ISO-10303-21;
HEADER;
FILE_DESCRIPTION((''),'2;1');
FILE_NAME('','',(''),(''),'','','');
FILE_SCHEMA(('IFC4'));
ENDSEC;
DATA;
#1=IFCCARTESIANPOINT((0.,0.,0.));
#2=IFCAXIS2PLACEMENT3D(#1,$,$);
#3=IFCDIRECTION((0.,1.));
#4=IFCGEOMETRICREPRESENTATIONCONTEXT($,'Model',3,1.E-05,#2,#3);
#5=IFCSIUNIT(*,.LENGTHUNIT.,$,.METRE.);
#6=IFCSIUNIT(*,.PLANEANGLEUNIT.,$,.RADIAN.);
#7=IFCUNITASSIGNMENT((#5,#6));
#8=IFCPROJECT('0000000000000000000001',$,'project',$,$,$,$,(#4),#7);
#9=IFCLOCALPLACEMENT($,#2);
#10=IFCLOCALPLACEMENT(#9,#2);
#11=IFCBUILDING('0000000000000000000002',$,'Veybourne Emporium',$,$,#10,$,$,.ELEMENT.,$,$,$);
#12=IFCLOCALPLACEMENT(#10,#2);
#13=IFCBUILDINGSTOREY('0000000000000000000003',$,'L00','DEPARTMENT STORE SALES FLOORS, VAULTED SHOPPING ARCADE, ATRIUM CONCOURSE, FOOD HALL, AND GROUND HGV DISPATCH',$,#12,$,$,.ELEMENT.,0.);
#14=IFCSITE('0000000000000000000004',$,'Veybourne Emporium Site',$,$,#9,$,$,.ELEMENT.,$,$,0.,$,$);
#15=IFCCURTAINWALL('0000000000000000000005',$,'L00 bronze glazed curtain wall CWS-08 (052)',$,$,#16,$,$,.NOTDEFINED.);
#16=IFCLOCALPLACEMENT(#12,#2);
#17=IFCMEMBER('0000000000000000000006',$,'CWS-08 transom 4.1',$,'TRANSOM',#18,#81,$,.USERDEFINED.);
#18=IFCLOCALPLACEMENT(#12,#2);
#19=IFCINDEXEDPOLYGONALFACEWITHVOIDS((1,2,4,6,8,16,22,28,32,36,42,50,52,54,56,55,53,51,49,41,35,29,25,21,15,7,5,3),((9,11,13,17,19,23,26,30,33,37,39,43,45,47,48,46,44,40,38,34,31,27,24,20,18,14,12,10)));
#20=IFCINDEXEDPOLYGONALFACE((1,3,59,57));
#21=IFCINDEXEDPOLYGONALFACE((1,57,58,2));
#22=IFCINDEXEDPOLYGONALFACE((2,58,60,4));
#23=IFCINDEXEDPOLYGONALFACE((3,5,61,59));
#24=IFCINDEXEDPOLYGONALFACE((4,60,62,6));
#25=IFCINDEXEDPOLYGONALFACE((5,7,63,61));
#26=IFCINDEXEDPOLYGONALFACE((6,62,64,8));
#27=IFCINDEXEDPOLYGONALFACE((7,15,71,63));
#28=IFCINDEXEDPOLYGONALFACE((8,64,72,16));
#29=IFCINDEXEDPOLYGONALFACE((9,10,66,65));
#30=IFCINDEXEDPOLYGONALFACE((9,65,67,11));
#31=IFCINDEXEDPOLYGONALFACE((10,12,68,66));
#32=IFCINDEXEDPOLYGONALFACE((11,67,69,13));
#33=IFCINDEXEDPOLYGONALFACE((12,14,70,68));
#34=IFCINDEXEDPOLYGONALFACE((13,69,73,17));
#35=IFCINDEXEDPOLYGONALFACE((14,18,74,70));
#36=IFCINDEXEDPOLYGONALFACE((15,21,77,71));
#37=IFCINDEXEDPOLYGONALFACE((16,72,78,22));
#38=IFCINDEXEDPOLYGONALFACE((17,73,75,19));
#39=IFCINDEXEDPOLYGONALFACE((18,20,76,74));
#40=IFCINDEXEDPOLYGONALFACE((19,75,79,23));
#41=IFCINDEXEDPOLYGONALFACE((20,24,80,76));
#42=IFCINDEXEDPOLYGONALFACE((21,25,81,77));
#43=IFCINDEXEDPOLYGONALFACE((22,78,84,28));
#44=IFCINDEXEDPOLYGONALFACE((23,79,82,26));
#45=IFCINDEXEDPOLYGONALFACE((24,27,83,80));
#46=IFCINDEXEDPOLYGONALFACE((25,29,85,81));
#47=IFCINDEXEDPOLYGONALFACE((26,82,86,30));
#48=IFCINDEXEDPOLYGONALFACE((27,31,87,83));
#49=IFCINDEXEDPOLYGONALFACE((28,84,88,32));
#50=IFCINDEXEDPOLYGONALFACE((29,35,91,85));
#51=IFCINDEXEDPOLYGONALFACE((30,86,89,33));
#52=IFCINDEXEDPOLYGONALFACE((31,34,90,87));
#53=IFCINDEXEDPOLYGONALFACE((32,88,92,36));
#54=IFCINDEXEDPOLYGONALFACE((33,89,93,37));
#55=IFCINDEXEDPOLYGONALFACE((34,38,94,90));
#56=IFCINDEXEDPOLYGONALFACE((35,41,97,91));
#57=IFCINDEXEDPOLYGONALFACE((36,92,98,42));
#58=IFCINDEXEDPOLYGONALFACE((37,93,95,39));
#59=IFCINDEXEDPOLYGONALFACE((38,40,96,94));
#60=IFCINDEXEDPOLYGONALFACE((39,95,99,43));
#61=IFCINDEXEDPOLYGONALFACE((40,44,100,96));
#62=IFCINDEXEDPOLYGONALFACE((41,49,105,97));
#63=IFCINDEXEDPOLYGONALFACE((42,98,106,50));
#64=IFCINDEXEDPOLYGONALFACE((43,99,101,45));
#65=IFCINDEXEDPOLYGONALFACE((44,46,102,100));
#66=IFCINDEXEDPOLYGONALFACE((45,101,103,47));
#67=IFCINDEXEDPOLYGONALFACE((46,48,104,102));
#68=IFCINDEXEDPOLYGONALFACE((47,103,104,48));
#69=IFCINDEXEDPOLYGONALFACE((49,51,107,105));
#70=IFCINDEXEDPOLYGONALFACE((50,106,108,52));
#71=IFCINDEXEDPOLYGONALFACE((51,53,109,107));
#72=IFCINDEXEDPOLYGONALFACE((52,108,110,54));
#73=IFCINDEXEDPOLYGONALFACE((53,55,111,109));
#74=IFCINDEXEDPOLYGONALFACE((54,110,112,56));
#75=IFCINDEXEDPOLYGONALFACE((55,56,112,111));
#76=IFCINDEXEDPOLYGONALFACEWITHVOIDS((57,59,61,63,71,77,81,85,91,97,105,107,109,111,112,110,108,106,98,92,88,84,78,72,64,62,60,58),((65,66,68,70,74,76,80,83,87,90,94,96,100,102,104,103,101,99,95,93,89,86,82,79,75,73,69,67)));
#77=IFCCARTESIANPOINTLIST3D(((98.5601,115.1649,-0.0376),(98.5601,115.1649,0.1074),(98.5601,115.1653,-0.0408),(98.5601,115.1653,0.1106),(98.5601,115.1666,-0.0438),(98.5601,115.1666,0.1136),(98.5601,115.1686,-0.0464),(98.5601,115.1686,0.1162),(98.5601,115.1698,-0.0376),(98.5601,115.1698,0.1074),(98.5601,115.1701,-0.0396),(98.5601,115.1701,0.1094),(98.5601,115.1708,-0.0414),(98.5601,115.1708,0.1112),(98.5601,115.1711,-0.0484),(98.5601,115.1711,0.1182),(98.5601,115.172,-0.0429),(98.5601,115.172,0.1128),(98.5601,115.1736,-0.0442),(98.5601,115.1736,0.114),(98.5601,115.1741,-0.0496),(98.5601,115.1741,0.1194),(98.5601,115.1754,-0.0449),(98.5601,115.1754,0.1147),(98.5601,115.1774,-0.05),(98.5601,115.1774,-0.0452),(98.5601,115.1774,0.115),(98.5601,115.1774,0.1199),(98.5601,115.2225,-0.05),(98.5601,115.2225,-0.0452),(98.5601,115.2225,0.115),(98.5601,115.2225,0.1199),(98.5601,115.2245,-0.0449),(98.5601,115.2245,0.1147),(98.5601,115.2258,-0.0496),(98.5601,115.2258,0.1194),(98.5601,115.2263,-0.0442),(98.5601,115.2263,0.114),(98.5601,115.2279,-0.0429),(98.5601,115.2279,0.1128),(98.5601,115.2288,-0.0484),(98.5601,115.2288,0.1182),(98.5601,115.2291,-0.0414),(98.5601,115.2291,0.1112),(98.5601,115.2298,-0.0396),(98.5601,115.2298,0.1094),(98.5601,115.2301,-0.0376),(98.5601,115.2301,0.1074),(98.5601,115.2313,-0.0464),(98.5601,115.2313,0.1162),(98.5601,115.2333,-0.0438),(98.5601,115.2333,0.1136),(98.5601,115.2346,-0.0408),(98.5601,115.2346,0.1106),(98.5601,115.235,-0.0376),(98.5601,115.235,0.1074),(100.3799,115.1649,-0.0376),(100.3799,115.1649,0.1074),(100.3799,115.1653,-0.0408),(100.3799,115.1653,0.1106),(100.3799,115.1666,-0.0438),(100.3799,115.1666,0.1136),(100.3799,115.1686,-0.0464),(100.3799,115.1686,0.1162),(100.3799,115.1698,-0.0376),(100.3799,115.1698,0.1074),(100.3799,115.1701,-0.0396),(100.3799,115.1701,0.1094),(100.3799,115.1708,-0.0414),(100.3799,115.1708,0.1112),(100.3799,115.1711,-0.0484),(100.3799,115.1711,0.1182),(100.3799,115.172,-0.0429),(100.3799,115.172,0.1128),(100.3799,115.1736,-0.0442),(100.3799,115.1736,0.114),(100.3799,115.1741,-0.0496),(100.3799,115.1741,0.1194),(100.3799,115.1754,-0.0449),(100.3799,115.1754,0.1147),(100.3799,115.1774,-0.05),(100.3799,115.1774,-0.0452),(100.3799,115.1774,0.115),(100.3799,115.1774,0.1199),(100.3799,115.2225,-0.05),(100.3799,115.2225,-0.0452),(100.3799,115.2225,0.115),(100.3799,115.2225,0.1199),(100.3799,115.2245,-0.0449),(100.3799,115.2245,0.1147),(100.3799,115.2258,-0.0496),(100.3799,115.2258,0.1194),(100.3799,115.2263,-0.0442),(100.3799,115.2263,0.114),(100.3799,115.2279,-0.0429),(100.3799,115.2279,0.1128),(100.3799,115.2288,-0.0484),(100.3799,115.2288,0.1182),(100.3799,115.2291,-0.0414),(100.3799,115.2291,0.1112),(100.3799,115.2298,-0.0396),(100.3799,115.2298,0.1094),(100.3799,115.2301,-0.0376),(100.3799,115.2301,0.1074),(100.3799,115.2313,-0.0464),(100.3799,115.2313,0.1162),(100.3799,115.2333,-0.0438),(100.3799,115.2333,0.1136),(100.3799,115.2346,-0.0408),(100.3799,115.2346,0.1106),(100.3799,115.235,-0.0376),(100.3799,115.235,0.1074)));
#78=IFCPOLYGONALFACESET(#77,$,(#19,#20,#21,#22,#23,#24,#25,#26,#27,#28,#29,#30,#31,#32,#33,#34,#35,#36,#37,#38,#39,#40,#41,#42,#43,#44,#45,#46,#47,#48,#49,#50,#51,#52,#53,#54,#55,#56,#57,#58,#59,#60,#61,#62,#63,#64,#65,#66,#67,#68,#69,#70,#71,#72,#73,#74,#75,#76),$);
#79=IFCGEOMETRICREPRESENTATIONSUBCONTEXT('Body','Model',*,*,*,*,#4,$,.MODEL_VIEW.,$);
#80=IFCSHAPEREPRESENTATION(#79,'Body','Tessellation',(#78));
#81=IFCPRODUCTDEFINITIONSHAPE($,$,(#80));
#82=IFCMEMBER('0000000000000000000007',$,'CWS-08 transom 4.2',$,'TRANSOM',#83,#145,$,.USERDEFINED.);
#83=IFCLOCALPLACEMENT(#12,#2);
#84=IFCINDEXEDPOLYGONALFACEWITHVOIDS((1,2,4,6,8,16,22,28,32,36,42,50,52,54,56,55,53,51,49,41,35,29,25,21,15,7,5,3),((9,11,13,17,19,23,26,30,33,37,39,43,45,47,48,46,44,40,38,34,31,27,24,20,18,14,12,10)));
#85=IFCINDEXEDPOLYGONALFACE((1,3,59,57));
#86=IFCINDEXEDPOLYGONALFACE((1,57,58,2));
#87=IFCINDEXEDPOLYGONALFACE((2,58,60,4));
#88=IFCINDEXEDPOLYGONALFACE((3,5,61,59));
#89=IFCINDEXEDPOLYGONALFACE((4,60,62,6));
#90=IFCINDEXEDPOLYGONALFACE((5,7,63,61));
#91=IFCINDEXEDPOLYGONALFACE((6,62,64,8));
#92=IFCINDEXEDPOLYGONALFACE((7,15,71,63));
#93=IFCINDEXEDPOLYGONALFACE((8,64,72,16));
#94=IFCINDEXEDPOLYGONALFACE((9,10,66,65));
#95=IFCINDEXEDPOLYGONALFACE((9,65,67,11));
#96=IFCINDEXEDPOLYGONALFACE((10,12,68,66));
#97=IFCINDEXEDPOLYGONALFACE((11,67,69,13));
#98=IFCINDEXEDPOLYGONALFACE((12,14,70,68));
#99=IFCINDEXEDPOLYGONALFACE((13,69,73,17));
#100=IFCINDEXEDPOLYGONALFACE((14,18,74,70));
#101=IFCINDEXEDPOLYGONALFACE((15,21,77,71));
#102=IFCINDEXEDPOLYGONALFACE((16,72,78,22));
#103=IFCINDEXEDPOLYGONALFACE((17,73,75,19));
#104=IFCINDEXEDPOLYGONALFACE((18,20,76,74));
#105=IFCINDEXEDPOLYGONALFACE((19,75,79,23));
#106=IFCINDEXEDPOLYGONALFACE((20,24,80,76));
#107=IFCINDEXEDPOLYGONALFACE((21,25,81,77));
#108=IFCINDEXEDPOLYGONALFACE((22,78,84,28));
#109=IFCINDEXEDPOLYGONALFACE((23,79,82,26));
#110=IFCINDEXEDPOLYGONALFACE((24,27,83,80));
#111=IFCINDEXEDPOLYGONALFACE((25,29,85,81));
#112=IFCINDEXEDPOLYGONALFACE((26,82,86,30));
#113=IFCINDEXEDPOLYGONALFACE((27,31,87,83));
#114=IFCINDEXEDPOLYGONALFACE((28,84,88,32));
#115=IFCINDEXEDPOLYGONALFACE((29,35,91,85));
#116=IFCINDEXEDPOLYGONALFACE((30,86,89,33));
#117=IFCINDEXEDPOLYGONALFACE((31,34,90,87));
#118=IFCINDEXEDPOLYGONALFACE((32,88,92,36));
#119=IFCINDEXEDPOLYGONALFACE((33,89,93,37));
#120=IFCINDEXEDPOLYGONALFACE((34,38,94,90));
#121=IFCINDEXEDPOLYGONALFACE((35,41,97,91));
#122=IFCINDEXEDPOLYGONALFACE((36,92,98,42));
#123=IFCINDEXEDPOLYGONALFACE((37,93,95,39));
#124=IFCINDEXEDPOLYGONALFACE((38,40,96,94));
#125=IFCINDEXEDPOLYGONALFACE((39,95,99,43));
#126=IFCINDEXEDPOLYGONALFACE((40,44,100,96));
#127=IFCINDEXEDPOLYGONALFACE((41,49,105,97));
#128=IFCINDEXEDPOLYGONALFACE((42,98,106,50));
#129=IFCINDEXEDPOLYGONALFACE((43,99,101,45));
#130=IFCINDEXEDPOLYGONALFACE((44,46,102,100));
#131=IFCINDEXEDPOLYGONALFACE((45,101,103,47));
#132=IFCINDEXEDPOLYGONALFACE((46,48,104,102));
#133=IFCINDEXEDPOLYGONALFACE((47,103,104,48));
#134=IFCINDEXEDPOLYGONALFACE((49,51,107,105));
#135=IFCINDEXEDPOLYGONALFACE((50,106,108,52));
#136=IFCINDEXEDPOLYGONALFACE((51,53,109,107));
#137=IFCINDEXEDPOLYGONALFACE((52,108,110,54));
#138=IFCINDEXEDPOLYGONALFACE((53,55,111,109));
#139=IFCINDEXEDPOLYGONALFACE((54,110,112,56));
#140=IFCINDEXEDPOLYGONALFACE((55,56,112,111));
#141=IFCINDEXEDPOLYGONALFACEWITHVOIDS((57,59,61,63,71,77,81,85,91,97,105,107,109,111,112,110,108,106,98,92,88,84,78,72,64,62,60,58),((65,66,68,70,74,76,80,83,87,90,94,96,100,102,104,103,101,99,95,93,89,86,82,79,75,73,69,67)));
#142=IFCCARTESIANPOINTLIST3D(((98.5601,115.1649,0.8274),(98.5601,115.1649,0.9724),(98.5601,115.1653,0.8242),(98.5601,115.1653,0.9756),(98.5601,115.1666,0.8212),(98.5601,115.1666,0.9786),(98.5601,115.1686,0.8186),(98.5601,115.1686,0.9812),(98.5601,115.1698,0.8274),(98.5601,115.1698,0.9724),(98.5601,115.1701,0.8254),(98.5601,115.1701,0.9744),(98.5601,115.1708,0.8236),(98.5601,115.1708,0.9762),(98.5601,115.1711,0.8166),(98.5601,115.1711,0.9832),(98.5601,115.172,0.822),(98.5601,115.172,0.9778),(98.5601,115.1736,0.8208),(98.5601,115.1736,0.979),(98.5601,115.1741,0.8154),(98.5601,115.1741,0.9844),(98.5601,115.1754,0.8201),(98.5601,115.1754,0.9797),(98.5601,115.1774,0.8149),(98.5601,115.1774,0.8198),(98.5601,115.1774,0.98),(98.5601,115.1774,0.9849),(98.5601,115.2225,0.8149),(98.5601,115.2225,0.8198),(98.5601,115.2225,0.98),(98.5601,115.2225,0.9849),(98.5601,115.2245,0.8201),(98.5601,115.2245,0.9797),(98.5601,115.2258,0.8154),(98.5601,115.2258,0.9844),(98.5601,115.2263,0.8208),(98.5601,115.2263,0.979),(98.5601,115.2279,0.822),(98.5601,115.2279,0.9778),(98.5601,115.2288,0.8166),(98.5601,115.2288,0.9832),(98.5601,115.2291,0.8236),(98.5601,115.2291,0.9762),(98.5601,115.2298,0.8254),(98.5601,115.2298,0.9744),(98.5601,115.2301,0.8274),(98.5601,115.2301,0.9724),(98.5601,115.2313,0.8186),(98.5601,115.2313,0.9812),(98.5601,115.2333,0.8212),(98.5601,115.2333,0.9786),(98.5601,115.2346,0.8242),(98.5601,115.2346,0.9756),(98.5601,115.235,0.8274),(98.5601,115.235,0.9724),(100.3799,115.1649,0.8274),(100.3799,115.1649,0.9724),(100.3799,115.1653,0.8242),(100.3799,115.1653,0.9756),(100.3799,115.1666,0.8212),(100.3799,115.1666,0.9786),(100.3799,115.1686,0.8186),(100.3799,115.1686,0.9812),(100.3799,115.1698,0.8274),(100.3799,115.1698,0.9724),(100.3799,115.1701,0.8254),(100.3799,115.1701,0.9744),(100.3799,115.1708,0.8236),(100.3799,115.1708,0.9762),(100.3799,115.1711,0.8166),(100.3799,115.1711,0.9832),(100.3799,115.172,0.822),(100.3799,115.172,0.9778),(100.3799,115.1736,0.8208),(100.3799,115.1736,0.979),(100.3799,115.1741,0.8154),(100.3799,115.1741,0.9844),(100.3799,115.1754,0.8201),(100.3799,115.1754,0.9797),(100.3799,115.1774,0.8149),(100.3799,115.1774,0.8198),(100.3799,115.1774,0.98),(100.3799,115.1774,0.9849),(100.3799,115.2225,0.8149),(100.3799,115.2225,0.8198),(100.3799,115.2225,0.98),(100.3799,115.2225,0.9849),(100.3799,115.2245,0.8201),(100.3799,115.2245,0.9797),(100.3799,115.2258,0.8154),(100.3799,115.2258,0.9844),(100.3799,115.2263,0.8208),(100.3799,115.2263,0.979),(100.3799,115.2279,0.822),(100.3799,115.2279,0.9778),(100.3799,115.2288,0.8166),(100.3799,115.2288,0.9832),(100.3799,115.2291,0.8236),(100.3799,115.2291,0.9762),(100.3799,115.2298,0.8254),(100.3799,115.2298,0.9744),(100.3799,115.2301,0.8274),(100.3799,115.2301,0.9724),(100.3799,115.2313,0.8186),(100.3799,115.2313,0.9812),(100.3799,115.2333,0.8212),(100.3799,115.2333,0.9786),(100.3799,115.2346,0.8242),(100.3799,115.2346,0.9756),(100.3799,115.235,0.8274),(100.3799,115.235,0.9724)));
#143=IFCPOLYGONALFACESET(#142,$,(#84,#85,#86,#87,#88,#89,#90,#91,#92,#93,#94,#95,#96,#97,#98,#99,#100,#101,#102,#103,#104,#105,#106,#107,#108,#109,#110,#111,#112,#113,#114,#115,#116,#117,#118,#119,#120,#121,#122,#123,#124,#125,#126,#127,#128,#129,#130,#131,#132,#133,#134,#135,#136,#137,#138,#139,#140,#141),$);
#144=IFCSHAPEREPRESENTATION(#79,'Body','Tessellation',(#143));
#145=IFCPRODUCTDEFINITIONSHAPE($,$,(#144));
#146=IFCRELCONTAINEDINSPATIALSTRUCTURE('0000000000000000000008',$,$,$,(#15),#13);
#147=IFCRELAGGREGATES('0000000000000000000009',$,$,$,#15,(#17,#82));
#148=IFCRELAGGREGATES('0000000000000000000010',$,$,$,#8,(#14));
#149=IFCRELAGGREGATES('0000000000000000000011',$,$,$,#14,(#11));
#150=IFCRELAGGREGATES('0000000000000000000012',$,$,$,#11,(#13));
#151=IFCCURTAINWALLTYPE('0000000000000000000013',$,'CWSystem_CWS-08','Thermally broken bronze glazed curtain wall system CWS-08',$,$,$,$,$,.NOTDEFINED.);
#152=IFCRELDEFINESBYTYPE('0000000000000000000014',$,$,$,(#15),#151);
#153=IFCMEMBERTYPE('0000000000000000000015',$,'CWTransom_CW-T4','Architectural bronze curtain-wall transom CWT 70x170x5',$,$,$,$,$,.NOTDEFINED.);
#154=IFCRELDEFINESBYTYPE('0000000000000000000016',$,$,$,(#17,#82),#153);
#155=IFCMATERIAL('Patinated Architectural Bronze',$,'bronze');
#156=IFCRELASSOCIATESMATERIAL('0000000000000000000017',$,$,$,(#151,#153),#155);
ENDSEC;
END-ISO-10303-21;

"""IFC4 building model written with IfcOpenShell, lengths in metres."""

from ifc_helpers import new_model, si_unit, direction, frame, origin, origin_2d, place, context, subcontext, project, spatial, hollow_rectangle, extrude, material, material_profile, profile_set, type_object, element, aggregate, save


model = new_model("IFC4")

# Units and contexts
model_context = context("Model", 3, precision=1e-05, world=origin(), true_north=direction((0.0, 1.0)))
body_context = subcontext(model_context, "Body", "Model", "MODEL_VIEW")
ifc_project = project(units=[si_unit("LENGTHUNIT", "METRE"), si_unit("PLANEANGLEUNIT", "RADIAN")], contexts=[model_context])

# Site, building, storey
site_placement = place(None, origin())
site = spatial("IfcSite", under=ifc_project, at=site_placement, Name="Veybourne Emporium Site", CompositionType="ELEMENT", RefElevation=0.0)
building_placement = place(site_placement, origin())
building = spatial("IfcBuilding", under=site, at=building_placement, Name="Veybourne Emporium", CompositionType="ELEMENT")
storey_placement = place(building_placement, origin())
storey = spatial("IfcBuildingStorey", under=building, at=storey_placement, Name="L00", Description="DEPARTMENT STORE SALES FLOORS, VAULTED SHOPPING ARCADE, ATRIUM CONCOURSE, FOOD HALL, AND GROUND HGV DISPATCH", CompositionType="ELEMENT", Elevation=0.0)

# Curtain wall, members
ifc_material_1 = material(Name="Patinated Architectural Bronze", Category="bronze")
curtain_wall_type = type_object("IfcCurtainWallType", Name="CWSystem_CWS-08", Description="Thermally broken bronze glazed curtain wall system CWS-08", PredefinedType="NOTDEFINED", material=ifc_material_1)
curtain_wall_placement = place(storey_placement, origin())
curtain_wall = element("IfcCurtainWall", 1, at=curtain_wall_placement, inside=storey, type_object=curtain_wall_type, Name="L00 bronze glazed curtain wall CWS-08 (052)", PredefinedType="NOTDEFINED")
ifc_material_profile_1 = material_profile(ifc_material_1, hollow_rectangle(XDim=0.0701, YDim=0.1699, WallThickness=0.0049, InnerFilletRadius=0.0076, OuterFilletRadius=0.0125, at=origin_2d()), Name="CWT 70x170x5")
ifc_profile_set_1 = profile_set([ifc_material_profile_1], Name="Patinated Architectural Bronze")
member_type_1 = type_object("IfcMemberType", Name="CWTransom_CW-T4", Description="Architectural bronze curtain-wall transom CWT 70x170x5", PredefinedType="NOTDEFINED", material=ifc_profile_set_1)
member_1_placement = place(storey_placement, frame((98.5601, 115.2, 0.0349), z_axis=(1.0, 0.0, 0.0), x_axis=(0.0, 1.0, 0.0)))
member_1 = element("IfcMember", 2, at=member_1_placement, type_object=member_type_1, Name="CWS-08 transom 4.1", ObjectType="TRANSOM", PredefinedType="USERDEFINED", context=body_context, shape_type="SweptSolid", body=[
    extrude(hollow_rectangle(XDim=0.0701, YDim=0.1699, WallThickness=0.0049, InnerFilletRadius=0.0076, OuterFilletRadius=0.0125, at=origin_2d()), origin(), (0.0, 0.0, 1.0), 1.8198),
])
member_2_placement = place(storey_placement, frame((98.5601, 115.2, 0.8999), z_axis=(1.0, 0.0, 0.0), x_axis=(0.0, 1.0, 0.0)))
member_2 = element("IfcMember", 3, at=member_2_placement, type_object=member_type_1, Name="CWS-08 transom 4.2", ObjectType="TRANSOM", PredefinedType="USERDEFINED", context=body_context, shape_type="SweptSolid", body=[
    extrude(hollow_rectangle(XDim=0.0701, YDim=0.1699, WallThickness=0.0049, InnerFilletRadius=0.0076, OuterFilletRadius=0.0125, at=origin_2d()), origin(), (0.0, 0.0, 1.0), 1.8198),
])

aggregate(curtain_wall, [member_1, member_2])

save(model, "model.ifc")
